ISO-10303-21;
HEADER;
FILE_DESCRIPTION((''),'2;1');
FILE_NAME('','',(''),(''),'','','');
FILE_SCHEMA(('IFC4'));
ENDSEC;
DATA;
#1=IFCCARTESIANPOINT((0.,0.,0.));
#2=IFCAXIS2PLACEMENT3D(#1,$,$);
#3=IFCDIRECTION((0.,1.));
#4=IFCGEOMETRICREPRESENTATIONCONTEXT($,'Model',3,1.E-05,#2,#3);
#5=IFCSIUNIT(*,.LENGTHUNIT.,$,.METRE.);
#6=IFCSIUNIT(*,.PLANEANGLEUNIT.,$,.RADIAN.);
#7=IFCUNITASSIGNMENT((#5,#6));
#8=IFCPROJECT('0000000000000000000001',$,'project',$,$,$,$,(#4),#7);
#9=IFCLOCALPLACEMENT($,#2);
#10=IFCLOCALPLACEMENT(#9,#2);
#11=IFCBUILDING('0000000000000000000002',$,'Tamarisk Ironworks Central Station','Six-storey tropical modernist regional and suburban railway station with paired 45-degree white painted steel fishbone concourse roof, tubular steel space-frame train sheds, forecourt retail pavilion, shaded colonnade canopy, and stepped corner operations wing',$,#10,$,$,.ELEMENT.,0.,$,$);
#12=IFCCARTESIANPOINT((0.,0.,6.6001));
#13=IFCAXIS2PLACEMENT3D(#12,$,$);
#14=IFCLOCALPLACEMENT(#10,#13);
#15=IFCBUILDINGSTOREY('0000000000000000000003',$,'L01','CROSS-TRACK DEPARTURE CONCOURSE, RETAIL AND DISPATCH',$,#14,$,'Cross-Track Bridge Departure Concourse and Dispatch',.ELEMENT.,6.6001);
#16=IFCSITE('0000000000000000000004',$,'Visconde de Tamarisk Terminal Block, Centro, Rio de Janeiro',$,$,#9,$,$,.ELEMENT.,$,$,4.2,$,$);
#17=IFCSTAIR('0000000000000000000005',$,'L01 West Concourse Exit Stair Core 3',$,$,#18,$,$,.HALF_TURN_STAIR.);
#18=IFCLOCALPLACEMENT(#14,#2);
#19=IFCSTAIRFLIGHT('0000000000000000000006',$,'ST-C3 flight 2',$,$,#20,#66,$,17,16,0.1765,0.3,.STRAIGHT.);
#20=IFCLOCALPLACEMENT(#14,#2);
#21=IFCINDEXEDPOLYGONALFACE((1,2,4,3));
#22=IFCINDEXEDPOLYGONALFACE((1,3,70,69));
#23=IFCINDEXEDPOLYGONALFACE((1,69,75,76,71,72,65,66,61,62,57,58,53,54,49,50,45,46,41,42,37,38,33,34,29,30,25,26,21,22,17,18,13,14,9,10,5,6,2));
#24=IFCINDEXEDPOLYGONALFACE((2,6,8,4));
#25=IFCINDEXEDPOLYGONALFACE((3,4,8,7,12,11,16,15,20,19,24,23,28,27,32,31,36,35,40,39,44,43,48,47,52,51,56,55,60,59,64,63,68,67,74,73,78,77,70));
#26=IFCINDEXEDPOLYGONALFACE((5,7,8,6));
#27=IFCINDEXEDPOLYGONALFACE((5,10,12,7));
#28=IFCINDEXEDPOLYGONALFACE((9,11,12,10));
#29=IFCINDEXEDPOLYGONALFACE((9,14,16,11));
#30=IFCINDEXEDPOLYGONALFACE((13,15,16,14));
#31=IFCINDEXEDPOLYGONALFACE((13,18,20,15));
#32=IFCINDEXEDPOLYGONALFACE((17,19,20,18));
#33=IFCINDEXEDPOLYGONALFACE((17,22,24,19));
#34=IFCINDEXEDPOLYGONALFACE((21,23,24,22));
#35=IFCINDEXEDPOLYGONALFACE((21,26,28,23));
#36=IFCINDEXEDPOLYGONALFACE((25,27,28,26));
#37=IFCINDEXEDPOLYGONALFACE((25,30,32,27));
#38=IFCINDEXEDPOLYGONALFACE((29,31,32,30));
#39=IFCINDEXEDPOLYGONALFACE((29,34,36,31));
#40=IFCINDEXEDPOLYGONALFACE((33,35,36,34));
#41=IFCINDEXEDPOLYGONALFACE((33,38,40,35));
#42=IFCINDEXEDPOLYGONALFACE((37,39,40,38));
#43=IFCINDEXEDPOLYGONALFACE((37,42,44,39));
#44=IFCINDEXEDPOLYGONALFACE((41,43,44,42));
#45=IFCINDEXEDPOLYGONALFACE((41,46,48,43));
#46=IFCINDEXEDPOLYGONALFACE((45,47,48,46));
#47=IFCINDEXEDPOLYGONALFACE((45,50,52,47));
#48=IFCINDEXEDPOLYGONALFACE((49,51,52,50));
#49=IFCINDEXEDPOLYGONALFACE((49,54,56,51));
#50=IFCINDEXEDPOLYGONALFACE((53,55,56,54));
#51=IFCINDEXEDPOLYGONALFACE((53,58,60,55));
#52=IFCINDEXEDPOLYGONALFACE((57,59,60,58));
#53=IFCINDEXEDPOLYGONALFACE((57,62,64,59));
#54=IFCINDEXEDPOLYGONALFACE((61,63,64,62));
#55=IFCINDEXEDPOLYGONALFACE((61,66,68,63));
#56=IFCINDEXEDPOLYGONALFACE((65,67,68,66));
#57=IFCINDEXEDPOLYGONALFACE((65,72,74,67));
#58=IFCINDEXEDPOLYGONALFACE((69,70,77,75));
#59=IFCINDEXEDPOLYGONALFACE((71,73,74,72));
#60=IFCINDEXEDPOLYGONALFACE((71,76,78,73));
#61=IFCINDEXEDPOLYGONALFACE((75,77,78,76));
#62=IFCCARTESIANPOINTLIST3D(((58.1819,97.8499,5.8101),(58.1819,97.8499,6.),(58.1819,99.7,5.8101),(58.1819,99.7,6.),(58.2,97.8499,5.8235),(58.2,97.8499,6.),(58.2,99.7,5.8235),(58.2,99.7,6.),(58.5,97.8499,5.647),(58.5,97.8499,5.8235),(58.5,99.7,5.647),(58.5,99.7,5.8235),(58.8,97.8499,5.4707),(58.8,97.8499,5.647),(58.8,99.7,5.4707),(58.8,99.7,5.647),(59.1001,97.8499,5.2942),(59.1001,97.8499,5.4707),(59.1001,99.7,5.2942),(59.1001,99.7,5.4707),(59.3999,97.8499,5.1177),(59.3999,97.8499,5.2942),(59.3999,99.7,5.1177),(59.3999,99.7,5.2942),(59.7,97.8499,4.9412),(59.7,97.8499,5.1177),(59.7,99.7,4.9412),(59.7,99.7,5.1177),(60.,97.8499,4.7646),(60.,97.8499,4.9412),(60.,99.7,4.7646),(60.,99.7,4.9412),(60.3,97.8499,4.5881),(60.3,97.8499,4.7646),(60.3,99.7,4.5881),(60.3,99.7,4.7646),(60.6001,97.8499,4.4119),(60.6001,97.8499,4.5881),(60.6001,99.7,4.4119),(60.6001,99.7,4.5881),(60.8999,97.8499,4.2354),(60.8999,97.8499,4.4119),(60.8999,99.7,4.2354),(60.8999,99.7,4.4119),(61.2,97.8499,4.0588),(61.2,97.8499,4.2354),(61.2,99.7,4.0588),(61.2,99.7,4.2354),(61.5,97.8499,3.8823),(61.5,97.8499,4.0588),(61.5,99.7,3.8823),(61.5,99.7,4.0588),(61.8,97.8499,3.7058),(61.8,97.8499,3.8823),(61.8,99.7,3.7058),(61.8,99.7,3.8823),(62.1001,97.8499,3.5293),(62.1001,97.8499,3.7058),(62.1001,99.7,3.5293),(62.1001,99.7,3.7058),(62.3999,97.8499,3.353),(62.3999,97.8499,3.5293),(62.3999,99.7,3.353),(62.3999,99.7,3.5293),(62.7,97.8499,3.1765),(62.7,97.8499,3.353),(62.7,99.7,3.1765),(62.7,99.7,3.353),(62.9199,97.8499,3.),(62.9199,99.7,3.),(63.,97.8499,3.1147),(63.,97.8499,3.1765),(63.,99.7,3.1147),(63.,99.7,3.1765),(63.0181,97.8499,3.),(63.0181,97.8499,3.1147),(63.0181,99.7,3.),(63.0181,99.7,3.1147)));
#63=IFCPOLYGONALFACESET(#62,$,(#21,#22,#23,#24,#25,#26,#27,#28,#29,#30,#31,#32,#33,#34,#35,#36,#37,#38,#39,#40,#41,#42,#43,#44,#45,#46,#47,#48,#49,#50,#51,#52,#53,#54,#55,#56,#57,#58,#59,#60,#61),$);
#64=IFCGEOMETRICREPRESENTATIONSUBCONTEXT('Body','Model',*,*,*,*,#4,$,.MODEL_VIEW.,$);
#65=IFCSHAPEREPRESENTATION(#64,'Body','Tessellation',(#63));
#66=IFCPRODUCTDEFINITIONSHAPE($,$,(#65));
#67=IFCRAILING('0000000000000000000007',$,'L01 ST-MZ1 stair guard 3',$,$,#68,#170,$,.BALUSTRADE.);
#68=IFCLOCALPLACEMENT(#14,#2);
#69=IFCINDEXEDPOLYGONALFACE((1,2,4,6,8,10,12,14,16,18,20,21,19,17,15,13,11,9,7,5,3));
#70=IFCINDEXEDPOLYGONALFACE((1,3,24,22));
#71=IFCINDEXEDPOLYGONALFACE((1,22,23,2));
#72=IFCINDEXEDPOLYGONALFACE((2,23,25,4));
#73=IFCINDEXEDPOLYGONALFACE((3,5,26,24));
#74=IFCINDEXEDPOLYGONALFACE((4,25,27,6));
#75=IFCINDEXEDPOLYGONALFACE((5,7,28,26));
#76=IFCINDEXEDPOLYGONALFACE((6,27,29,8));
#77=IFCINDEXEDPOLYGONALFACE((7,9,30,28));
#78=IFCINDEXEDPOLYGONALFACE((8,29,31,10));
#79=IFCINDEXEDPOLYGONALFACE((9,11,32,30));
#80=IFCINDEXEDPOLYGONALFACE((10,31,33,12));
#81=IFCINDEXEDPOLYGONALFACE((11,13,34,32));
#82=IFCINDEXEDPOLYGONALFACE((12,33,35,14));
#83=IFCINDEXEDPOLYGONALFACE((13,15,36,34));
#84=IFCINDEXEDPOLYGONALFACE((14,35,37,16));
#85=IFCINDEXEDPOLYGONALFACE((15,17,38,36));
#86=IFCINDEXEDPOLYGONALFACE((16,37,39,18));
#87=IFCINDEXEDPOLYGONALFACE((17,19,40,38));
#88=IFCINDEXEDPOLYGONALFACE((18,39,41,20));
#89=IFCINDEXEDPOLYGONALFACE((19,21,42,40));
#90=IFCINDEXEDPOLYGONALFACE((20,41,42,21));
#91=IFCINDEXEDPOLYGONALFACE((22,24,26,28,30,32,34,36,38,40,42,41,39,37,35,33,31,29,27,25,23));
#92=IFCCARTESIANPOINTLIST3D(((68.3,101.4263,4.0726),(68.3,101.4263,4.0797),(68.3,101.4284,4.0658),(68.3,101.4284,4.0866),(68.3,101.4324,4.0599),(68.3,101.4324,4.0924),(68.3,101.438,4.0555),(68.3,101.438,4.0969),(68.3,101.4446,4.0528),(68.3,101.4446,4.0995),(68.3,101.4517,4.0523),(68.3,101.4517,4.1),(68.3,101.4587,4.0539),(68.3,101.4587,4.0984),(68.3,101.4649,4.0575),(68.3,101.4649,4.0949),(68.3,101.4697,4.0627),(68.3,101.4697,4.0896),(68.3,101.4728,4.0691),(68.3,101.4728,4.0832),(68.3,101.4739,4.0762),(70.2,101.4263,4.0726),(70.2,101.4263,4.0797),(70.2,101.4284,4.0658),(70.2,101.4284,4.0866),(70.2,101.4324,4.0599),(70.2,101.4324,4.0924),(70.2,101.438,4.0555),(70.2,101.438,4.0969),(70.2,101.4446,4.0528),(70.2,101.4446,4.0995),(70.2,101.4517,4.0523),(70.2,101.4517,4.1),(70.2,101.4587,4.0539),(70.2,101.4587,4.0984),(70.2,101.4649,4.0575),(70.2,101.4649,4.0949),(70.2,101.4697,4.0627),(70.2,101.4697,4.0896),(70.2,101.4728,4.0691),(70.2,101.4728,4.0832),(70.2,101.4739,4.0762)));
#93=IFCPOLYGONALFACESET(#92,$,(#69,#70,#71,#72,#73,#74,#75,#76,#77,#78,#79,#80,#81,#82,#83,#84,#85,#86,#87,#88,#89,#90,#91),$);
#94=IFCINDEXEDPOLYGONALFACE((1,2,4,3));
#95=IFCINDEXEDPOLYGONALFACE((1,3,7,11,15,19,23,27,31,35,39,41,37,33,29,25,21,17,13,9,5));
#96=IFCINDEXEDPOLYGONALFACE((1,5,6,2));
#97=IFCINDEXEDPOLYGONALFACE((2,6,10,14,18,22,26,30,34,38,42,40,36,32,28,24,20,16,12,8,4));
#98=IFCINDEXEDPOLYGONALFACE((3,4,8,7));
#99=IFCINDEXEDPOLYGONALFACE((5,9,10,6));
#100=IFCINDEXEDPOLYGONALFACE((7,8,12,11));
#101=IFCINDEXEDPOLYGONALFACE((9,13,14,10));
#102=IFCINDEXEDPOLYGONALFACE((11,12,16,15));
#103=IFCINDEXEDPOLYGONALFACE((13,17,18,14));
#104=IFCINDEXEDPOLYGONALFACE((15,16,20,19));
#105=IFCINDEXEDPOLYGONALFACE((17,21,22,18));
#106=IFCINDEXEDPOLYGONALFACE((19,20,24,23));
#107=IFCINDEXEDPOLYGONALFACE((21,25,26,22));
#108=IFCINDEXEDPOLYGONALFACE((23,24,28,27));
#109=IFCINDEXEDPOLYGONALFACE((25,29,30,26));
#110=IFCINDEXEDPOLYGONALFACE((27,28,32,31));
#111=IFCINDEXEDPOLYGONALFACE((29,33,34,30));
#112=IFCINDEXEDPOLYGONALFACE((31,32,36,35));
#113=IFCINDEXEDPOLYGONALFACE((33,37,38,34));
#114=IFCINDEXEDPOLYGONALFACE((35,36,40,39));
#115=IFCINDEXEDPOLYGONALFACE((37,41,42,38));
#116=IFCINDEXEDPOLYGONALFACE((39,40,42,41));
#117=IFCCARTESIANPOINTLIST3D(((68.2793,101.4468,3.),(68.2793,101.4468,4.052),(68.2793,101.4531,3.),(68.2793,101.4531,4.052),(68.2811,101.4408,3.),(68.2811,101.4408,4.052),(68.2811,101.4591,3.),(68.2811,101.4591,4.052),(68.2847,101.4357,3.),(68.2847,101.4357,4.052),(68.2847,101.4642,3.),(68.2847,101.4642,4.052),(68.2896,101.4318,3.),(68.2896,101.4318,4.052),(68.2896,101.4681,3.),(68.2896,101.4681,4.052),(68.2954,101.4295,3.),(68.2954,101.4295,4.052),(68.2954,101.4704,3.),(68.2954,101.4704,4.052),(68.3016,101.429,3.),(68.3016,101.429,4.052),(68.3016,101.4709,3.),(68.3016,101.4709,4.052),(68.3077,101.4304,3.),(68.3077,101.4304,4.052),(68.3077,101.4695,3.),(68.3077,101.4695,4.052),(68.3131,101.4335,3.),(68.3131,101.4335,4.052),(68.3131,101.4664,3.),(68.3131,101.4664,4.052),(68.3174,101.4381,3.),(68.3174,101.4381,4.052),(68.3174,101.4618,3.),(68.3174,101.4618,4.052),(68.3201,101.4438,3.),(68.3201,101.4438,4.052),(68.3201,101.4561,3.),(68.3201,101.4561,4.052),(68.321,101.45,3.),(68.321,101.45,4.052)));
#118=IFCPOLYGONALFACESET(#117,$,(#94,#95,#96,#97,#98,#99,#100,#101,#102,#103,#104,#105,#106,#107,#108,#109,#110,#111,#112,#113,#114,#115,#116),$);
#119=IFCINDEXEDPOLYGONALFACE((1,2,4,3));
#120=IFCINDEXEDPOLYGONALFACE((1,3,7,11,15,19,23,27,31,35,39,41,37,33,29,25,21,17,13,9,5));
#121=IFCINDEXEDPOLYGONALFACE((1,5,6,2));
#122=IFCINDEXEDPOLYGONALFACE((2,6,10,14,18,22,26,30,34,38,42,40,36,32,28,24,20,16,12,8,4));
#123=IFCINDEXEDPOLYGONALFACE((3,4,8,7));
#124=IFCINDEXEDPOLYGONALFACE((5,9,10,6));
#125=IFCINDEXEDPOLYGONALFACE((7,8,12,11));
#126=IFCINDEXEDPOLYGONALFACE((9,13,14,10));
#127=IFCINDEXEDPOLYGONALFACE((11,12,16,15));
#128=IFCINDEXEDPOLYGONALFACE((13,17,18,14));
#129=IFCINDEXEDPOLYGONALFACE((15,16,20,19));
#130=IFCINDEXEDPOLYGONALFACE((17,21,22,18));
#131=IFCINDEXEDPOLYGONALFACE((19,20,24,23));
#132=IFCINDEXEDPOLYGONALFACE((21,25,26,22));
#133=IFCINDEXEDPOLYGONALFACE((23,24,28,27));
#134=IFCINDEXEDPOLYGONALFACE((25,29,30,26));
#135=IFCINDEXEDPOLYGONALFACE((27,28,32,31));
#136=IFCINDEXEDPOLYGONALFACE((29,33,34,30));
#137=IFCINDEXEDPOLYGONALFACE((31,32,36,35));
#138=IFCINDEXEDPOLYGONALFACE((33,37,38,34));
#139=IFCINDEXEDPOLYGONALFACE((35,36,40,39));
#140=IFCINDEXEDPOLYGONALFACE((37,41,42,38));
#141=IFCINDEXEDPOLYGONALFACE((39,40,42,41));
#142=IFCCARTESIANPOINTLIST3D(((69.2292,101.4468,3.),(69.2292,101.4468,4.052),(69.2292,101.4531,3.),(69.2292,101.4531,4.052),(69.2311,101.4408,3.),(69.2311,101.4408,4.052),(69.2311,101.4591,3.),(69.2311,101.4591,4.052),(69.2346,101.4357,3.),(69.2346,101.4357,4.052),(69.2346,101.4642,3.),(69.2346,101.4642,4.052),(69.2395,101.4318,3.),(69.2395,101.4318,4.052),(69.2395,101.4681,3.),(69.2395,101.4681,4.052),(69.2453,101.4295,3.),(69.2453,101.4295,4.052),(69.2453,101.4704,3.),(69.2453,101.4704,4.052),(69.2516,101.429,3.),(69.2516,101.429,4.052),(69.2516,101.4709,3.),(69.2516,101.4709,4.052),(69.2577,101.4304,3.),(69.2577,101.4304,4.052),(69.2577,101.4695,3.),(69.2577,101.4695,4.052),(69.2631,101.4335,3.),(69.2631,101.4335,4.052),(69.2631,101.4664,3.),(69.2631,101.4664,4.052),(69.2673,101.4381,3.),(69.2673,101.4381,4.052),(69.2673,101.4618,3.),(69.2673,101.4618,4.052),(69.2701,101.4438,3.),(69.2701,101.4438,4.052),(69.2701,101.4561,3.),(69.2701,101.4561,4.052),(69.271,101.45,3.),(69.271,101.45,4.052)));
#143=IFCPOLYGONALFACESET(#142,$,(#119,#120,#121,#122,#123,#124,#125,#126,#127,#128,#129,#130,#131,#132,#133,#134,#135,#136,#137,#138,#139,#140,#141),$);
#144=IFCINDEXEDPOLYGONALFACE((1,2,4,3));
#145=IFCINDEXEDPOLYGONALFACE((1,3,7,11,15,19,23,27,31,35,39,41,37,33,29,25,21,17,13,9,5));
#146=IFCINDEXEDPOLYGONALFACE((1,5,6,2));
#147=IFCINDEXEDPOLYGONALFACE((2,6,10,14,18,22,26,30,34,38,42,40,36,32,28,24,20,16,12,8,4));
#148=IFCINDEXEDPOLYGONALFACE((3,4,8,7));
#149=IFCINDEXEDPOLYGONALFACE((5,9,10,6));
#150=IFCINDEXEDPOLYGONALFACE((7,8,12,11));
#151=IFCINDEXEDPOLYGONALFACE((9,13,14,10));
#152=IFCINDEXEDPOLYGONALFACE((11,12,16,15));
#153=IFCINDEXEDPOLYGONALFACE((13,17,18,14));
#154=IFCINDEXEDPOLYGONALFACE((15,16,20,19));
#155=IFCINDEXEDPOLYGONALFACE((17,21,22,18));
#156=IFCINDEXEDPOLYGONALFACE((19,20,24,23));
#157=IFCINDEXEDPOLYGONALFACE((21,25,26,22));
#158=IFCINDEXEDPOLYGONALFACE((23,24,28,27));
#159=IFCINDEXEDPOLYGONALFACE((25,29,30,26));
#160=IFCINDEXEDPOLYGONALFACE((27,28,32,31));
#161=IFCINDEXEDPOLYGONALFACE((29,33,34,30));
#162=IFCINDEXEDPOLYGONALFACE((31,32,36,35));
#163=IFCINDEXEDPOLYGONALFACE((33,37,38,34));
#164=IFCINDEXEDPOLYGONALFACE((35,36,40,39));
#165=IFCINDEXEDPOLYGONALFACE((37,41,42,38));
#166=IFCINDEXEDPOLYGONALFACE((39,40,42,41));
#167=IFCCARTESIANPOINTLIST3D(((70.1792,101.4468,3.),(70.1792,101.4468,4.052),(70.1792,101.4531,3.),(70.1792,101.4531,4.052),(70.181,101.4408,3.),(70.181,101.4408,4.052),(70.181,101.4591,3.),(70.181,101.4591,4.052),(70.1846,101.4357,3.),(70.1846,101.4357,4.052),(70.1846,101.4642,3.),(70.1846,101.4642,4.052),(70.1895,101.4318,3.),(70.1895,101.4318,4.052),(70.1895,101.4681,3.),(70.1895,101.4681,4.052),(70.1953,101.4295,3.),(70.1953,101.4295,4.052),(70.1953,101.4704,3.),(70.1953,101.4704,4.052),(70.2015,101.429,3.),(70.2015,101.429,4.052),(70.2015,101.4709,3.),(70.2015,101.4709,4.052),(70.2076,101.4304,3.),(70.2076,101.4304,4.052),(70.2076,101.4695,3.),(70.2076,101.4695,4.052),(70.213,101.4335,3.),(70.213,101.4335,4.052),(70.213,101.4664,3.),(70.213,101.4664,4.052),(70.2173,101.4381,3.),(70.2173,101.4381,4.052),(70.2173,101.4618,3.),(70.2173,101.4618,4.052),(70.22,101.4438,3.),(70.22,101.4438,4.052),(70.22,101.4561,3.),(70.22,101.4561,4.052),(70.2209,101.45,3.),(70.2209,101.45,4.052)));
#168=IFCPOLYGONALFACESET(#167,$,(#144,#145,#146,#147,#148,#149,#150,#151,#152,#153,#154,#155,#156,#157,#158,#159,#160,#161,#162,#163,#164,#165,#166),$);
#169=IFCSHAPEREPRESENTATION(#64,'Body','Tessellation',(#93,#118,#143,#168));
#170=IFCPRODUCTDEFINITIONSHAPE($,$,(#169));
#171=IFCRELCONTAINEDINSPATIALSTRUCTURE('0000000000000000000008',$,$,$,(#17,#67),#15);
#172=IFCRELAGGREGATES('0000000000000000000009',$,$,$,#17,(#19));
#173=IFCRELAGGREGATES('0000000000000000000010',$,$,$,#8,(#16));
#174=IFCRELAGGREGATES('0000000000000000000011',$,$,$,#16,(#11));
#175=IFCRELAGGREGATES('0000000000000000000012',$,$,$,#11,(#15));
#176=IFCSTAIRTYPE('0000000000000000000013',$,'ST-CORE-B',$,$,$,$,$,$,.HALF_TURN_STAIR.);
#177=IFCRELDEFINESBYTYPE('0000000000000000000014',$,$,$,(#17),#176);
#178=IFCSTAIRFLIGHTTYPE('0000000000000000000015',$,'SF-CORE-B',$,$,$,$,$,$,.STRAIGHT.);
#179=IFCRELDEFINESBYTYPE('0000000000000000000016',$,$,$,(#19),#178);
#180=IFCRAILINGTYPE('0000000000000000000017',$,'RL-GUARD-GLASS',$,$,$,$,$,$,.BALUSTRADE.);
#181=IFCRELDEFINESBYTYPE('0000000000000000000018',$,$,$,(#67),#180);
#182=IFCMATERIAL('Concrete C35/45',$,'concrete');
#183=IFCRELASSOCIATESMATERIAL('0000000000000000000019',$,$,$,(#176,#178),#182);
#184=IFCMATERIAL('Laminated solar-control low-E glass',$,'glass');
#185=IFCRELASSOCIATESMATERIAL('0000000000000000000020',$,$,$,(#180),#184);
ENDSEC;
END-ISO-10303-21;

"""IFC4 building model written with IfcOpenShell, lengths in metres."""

from ifc_helpers import new_model, si_unit, direction, frame, origin, origin_2d, place, context, subcontext, project, spatial, polyline, circle, outline, extrude, material, type_object, element, aggregate, save


model = new_model("IFC4")

# Units and contexts
model_context = context("Model", 3, precision=1e-05, world=origin(), true_north=direction((0.0, 1.0)))
body_context = subcontext(model_context, "Body", "Model", "MODEL_VIEW")
ifc_project = project(units=[si_unit("LENGTHUNIT", "METRE"), si_unit("PLANEANGLEUNIT", "RADIAN")], contexts=[model_context])

# Site, building, storey
site_placement = place(None, origin())
site = spatial("IfcSite", under=ifc_project, at=site_placement, Name="Visconde de Tamarisk Terminal Block, Centro, Rio de Janeiro", CompositionType="ELEMENT", RefElevation=4.2)
building_placement = place(site_placement, origin())
building = spatial("IfcBuilding", under=site, at=building_placement, Name="Tamarisk Ironworks Central Station", Description="Six-storey tropical modernist regional and suburban railway station with paired 45-degree white painted steel fishbone concourse roof, tubular steel space-frame train sheds, forecourt retail pavilion, shaded colonnade canopy, and stepped corner operations wing", CompositionType="ELEMENT", ElevationOfRefHeight=0.0)
storey_placement = place(building_placement, frame((0.0, 0.0, 6.6001)))
storey = spatial("IfcBuildingStorey", under=building, at=storey_placement, Name="L01", Description="CROSS-TRACK DEPARTURE CONCOURSE, RETAIL AND DISPATCH", LongName="Cross-Track Bridge Departure Concourse and Dispatch", CompositionType="ELEMENT", Elevation=6.6001)

# Stair, stair flight
ifc_material_1 = material(Name="Concrete C35/45", Category="concrete")
stair_type = type_object("IfcStairType", Name="ST-CORE-B", PredefinedType="HALF_TURN_STAIR", material=ifc_material_1)
stair_placement = place(storey_placement, origin())
stair = element("IfcStair", 1, at=stair_placement, inside=storey, type_object=stair_type, Name="L01 West Concourse Exit Stair Core 3", PredefinedType="HALF_TURN_STAIR")
stair_flight_type = type_object("IfcStairFlightType", Name="SF-CORE-B", PredefinedType="STRAIGHT", material=ifc_material_1)
stair_flight_placement = place(storey_placement, frame((63.0, 98.7749, 3.0), z_axis=(0.0, 0.0, 1.0), x_axis=(-1.0, 0.0, 0.0)))
stair_flight = element("IfcStairFlight", 2, at=stair_flight_placement, type_object=stair_flight_type, Name="ST-C3 flight 2", NumberOfRisers=17, NumberOfTreads=16, PredefinedType="STRAIGHT", RiserHeight=0.1765, TreadLength=0.3, context=body_context, shape_type="SweptSolid", body=[
    extrude(outline(polyline([(-0.0181, 0.0), (-0.0181, 0.1147), (0.0, 0.1147), (0.0, 0.1765), (0.3, 0.1765), (0.3, 0.353), (0.6001, 0.353), (0.6001, 0.5293), (0.8999, 0.5293), (0.8999, 0.7058), (1.2, 0.7058), (1.2, 0.8823), (1.5, 0.8823), (1.5, 1.0588), (1.8, 1.0588), (1.8, 1.2354), (2.1001, 1.2354), (2.1001, 1.4119), (2.3999, 1.4119), (2.3999, 1.5881), (2.7, 1.5881), (2.7, 1.7646), (3.0, 1.7646), (3.0, 1.9412), (3.3, 1.9412), (3.3, 2.1177), (3.6001, 2.1177), (3.6001, 2.2942), (3.8999, 2.2942), (3.8999, 2.4707), (4.2, 2.4707), (4.2, 2.647), (4.5, 2.647), (4.5, 2.8235), (4.8, 2.8235), (4.8, 3.0), (4.8181, 3.0), (4.8181, 2.8101), (0.0801, 0.0), (-0.0181, 0.0)])), frame((0.0, 0.925, 0.0), z_axis=(0.0, -1.0, 0.0), x_axis=(1.0, 0.0, 0.0)), (0.0, 0.0, 1.0), 1.8501),
])
aggregate(stair, [stair_flight])

# Railing
ifc_material_2 = material(Name="Laminated solar-control low-E glass", Category="glass")
railing_type_1 = type_object("IfcRailingType", Name="RL-GUARD-GLASS", PredefinedType="BALUSTRADE", material=ifc_material_2)
railing_1_placement = place(storey_placement, frame((68.3, 101.45, 3.0)))
element("IfcRailing", 3, at=railing_1_placement, inside=storey, type_object=railing_type_1, Name="L01 ST-MZ1 stair guard 3", PredefinedType="BALUSTRADE", context=body_context, shape_type="SweptSolid", body=[
    extrude(circle(Radius=0.0239, at=origin_2d()), frame((0.0, 0.0, 1.0762), z_axis=(1.0, 0.0, 0.0), x_axis=(0.0, 1.0, 0.0)), (0.0, 0.0, 1.0), 1.8999),
    extrude(circle(Radius=0.021, at=origin_2d()), origin(), (0.0, 0.0, 1.0), 1.052),
    extrude(circle(Radius=0.021, at=origin_2d()), frame((0.95, 0.0, 0.0)), (0.0, 0.0, 1.0), 1.052),
    extrude(circle(Radius=0.021, at=origin_2d()), frame((1.8999, 0.0, 0.0)), (0.0, 0.0, 1.0), 1.052),
])

save(model, "model.ifc")
